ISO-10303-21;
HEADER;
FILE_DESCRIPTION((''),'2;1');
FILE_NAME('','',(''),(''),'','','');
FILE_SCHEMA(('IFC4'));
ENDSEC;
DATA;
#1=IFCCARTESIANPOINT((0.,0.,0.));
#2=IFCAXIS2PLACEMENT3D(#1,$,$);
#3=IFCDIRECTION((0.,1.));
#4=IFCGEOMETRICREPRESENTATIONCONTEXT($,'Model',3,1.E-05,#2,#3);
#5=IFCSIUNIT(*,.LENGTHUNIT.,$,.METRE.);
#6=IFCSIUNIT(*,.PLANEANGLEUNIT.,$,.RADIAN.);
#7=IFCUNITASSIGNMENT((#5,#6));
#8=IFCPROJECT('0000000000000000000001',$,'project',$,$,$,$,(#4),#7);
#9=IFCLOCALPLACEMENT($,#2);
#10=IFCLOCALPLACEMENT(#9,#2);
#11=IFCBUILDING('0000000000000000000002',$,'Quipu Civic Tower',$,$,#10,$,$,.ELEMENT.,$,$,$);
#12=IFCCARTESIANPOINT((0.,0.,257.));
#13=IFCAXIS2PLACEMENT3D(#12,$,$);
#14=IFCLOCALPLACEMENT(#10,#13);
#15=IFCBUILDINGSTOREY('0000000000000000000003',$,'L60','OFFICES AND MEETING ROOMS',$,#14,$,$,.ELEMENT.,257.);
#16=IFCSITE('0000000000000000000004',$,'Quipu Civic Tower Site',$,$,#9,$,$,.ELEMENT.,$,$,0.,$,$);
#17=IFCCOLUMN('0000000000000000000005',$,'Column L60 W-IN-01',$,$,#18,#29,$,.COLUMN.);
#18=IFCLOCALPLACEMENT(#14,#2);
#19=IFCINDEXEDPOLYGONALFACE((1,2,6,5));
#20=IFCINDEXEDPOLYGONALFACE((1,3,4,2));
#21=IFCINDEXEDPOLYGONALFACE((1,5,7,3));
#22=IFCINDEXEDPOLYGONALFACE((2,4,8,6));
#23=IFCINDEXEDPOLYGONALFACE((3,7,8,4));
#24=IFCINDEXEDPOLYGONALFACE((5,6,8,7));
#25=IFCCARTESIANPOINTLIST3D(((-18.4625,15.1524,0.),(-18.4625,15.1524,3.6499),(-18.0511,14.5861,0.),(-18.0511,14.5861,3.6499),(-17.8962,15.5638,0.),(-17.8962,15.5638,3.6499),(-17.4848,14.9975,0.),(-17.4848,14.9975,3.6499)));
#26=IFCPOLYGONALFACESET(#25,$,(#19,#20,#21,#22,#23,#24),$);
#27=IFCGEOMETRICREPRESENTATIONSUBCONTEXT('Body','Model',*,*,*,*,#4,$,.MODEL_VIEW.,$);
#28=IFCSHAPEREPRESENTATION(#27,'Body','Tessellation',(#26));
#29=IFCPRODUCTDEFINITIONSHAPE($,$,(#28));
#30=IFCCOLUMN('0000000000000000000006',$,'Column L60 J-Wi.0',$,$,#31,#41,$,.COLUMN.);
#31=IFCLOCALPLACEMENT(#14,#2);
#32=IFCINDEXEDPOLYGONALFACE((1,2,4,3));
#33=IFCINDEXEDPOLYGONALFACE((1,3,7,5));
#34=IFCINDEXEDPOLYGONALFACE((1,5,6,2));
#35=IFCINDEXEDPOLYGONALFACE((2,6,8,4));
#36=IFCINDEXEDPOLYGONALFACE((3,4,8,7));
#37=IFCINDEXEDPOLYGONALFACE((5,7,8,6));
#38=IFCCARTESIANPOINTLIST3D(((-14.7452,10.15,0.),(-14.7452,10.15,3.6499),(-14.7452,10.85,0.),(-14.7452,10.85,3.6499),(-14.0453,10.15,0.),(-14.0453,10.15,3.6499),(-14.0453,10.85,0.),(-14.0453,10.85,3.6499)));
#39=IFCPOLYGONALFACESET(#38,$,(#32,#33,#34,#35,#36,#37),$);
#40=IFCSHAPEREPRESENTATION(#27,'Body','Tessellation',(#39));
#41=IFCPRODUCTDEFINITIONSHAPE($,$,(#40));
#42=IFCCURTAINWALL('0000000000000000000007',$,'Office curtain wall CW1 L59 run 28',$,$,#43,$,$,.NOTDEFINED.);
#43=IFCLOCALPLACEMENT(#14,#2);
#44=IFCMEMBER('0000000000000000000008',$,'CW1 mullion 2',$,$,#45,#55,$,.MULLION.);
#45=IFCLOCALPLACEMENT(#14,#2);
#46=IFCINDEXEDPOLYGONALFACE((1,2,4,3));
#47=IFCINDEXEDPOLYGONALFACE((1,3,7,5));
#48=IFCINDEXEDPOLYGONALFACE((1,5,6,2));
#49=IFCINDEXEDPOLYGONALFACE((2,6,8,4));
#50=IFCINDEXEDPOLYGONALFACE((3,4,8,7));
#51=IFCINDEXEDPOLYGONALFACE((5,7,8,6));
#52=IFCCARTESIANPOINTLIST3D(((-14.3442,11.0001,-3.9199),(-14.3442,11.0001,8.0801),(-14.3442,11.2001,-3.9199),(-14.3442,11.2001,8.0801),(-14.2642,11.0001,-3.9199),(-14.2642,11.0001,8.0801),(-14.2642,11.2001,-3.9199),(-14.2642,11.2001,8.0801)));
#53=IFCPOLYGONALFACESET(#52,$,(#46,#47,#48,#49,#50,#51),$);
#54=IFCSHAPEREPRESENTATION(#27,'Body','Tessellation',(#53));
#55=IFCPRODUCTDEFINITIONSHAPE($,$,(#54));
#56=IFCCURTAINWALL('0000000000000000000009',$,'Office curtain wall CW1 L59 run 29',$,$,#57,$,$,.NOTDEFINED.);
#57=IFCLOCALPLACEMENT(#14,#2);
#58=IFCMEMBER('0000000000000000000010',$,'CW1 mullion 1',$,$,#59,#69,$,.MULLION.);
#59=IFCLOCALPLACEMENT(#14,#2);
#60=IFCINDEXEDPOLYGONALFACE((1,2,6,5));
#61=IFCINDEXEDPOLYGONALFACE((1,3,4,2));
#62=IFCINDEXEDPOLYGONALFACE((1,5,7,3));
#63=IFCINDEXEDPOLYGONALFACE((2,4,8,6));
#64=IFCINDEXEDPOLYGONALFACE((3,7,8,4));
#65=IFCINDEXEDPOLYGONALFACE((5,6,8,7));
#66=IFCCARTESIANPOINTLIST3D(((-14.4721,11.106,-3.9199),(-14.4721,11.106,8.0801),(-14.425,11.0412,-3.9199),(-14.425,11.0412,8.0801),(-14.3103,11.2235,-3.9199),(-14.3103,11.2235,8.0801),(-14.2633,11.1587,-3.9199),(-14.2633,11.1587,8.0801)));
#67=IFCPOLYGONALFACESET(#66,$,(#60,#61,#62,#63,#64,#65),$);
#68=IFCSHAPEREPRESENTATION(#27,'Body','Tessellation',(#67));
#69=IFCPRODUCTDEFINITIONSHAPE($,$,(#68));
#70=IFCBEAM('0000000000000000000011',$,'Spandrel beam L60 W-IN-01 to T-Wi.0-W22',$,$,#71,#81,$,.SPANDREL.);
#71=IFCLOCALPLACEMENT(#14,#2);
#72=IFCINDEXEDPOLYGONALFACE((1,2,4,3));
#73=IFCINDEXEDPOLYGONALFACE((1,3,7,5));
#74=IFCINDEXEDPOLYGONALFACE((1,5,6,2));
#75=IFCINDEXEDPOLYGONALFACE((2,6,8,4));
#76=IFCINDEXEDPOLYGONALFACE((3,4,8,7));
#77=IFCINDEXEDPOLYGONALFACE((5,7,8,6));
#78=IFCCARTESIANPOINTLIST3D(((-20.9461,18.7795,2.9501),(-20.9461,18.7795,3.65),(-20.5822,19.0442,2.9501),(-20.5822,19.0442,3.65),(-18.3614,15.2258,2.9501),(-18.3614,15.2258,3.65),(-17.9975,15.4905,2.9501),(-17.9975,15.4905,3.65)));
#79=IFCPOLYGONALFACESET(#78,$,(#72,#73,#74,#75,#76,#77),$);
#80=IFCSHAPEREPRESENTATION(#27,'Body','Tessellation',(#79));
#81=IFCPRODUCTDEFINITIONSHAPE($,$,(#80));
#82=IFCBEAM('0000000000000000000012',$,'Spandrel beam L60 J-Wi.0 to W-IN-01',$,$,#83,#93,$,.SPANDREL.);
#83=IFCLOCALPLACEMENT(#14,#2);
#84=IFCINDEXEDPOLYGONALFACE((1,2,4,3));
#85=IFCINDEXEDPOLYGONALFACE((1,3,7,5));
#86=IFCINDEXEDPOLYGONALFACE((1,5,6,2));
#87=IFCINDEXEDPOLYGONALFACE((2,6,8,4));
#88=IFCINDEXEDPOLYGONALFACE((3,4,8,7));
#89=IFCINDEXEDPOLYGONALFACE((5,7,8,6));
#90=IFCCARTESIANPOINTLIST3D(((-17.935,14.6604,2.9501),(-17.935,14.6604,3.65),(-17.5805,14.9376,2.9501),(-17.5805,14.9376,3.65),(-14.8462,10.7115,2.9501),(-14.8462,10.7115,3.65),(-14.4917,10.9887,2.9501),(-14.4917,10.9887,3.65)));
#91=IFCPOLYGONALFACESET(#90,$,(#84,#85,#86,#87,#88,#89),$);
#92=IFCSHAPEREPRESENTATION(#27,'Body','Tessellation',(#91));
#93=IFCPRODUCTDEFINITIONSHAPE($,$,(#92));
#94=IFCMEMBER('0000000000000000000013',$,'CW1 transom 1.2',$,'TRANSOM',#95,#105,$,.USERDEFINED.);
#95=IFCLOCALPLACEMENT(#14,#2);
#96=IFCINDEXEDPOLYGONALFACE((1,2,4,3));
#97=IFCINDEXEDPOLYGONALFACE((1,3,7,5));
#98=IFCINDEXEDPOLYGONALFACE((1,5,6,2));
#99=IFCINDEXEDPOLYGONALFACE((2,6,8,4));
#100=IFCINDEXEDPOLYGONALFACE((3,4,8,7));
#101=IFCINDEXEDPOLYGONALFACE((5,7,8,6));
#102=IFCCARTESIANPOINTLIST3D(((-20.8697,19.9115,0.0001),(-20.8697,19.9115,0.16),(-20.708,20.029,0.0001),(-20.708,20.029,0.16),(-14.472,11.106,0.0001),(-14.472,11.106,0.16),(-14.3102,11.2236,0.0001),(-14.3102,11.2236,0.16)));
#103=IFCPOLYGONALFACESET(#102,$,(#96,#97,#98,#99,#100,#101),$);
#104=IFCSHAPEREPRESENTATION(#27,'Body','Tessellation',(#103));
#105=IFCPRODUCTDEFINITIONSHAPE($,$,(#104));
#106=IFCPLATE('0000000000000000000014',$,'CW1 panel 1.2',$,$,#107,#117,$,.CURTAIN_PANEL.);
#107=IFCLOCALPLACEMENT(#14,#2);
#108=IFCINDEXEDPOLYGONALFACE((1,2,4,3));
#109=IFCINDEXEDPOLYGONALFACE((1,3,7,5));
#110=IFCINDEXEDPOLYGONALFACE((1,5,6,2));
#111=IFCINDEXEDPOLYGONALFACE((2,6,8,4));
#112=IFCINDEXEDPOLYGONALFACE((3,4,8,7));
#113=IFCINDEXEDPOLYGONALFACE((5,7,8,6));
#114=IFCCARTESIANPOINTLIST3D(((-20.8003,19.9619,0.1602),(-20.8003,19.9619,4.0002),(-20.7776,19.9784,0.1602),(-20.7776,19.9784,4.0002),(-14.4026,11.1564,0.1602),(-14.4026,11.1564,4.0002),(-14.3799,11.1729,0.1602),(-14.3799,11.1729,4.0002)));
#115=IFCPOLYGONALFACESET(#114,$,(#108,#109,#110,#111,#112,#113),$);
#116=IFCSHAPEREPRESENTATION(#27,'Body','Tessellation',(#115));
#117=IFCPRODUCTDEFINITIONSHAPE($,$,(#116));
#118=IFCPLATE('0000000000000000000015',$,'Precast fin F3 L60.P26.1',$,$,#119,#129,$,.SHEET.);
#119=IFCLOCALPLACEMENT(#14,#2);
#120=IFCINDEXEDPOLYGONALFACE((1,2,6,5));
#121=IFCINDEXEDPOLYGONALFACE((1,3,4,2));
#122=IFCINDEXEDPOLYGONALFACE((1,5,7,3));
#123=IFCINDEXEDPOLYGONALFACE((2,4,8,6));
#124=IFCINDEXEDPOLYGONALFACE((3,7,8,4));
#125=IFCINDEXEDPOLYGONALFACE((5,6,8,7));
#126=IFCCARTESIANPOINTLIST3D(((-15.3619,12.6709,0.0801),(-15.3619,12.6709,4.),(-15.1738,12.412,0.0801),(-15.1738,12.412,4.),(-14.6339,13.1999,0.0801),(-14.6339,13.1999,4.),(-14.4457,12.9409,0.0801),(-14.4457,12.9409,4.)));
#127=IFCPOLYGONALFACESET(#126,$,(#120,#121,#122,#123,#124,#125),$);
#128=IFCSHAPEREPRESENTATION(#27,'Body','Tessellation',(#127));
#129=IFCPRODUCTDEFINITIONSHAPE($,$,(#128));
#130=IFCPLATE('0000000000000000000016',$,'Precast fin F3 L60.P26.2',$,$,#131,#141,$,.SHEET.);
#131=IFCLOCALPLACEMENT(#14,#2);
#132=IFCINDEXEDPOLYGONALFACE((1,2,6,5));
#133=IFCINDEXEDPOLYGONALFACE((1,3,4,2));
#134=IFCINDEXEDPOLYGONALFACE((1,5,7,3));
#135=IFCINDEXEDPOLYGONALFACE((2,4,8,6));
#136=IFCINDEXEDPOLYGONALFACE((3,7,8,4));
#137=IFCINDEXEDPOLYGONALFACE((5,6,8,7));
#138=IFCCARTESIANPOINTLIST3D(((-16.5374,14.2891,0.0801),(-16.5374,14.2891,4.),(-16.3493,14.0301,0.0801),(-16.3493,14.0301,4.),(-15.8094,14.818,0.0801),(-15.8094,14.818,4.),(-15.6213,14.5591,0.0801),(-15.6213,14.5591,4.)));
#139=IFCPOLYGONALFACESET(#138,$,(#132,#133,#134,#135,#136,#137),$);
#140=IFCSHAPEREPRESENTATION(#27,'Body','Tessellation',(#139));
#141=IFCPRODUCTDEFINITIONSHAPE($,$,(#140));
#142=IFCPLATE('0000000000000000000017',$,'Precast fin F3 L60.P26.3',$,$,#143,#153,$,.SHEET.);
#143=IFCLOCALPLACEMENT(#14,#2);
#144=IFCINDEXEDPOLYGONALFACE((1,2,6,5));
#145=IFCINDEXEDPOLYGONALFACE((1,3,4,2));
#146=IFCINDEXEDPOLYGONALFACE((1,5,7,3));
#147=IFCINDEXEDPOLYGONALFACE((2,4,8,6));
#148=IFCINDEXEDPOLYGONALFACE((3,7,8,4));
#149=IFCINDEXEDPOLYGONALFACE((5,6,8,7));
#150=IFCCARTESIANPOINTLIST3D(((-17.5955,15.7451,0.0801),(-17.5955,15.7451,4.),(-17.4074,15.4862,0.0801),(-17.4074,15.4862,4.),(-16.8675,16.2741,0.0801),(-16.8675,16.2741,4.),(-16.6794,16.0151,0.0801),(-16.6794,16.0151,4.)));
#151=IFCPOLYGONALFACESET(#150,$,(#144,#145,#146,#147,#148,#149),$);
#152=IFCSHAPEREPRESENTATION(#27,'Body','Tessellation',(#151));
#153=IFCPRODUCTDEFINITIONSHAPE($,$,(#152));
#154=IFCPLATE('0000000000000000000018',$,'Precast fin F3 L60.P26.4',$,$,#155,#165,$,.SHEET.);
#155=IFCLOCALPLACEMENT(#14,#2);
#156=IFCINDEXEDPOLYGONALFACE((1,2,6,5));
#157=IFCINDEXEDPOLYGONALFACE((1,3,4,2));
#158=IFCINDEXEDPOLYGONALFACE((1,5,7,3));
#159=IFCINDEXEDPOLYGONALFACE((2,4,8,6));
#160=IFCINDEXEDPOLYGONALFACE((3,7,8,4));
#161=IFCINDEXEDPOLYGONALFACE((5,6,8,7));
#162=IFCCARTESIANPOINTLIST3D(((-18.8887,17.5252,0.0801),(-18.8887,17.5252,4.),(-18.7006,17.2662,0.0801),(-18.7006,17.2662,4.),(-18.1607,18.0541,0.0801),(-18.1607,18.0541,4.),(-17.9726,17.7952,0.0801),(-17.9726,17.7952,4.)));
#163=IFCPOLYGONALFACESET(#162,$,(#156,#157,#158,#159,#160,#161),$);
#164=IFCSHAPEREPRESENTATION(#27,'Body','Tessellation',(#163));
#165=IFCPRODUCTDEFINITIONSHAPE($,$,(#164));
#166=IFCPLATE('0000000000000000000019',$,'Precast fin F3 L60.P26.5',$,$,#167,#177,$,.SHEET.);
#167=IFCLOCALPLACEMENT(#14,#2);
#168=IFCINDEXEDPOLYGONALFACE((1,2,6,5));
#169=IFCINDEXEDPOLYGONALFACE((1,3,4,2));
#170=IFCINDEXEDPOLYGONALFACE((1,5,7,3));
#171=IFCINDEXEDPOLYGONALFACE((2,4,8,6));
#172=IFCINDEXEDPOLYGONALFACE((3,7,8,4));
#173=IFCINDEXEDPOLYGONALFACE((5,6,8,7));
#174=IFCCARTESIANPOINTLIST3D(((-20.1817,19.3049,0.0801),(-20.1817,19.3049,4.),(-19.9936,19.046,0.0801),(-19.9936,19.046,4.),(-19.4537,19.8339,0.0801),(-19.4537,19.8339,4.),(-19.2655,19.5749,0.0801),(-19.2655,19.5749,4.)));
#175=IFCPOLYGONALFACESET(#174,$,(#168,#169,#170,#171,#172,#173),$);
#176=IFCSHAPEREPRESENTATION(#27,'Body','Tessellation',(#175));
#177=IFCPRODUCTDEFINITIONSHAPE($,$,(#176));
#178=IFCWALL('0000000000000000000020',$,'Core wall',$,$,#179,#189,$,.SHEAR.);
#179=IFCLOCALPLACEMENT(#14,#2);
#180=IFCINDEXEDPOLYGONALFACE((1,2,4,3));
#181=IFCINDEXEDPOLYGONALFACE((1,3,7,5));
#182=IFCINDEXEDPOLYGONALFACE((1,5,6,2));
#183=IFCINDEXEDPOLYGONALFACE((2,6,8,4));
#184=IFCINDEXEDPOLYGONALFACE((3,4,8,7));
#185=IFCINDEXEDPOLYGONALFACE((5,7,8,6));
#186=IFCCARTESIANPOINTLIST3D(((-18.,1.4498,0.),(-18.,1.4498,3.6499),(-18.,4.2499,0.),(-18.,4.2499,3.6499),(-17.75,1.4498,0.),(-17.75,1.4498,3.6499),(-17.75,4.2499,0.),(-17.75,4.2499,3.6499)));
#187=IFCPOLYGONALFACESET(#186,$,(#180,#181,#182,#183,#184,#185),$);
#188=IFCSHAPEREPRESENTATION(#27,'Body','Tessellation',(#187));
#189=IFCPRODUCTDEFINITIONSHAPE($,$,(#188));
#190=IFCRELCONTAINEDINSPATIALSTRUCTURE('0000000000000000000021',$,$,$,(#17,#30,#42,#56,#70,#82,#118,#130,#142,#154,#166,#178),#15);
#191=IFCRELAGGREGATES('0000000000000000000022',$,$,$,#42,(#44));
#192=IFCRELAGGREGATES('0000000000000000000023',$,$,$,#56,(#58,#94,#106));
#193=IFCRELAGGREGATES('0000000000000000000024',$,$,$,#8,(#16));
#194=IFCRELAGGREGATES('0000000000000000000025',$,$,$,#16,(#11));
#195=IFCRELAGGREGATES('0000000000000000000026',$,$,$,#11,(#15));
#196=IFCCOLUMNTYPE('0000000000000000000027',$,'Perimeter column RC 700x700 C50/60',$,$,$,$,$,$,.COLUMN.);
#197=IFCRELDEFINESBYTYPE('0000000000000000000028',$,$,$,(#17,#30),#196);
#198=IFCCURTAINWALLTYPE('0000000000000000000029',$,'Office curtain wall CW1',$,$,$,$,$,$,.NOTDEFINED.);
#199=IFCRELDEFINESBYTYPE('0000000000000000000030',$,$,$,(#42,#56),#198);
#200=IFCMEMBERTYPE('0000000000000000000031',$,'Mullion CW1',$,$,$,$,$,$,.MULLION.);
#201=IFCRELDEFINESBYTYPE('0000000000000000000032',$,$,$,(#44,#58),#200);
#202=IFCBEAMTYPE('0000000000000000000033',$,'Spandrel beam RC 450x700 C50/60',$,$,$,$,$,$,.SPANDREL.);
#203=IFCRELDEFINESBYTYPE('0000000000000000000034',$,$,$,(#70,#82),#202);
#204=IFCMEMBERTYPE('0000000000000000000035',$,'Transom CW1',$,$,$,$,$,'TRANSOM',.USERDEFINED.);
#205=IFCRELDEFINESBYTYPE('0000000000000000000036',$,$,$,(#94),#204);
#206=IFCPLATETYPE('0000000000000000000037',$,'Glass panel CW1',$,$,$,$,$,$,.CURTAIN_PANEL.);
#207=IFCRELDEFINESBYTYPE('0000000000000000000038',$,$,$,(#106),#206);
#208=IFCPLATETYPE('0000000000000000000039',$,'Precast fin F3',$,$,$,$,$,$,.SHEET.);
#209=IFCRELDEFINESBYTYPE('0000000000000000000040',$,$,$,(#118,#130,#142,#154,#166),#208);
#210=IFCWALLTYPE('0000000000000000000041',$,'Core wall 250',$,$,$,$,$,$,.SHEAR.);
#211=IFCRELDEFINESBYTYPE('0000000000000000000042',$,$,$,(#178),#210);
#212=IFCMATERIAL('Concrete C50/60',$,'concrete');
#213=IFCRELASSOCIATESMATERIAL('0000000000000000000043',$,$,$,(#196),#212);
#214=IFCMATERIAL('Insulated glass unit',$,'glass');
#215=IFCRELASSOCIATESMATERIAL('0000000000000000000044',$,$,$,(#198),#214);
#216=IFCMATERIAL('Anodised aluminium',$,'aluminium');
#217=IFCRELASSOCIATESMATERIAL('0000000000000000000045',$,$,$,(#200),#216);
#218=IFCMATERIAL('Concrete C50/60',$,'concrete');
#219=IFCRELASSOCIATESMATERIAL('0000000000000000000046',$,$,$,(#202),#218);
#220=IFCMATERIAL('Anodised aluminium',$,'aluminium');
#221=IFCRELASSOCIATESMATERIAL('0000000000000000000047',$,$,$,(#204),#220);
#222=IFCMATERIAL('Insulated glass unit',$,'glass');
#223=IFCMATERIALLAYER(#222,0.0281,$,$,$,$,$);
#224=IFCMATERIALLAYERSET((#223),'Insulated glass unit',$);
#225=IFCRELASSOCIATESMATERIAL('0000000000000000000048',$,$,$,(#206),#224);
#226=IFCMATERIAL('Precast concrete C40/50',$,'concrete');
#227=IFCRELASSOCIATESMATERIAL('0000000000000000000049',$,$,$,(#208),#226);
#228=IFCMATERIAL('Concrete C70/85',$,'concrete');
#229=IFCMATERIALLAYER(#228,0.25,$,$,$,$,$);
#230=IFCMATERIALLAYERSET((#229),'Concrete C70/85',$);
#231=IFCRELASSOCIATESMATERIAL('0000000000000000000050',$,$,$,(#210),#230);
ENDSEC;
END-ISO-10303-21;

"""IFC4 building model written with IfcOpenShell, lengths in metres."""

from ifc_helpers import new_model, si_unit, direction, frame, frame_2d, origin, origin_2d, place, context, subcontext, project, spatial, rectangle, extrude, material, layer, layer_set, material_profile, profile_set, type_object, element, aggregate, save


model = new_model("IFC4")

# Units and contexts
model_context = context("Model", 3, precision=1e-05, world=origin(), true_north=direction((0.0, 1.0)))
body_context = subcontext(model_context, "Body", "Model", "MODEL_VIEW")
ifc_project = project(units=[si_unit("LENGTHUNIT", "METRE"), si_unit("PLANEANGLEUNIT", "RADIAN")], contexts=[model_context])

# Site, building, storey
site_placement = place(None, origin())
site = spatial("IfcSite", under=ifc_project, at=site_placement, Name="Quipu Civic Tower Site", CompositionType="ELEMENT", RefElevation=0.0)
building_placement = place(site_placement, origin())
building = spatial("IfcBuilding", under=site, at=building_placement, Name="Quipu Civic Tower", CompositionType="ELEMENT")
storey_placement = place(building_placement, frame((0.0, 0.0, 257.0)))
storey = spatial("IfcBuildingStorey", under=building, at=storey_placement, Name="L60", Description="OFFICES AND MEETING ROOMS", CompositionType="ELEMENT", Elevation=257.0)

# Columns
ifc_material_1 = material(Name="Concrete C50/60", Category="concrete")
ifc_material_profile_1 = material_profile(ifc_material_1, rectangle(XDim=0.7, YDim=0.7, at=origin_2d()), Name="RC700x700")
ifc_profile_set_1 = profile_set([ifc_material_profile_1], Name="Concrete C50/60")
column_type = type_object("IfcColumnType", Name="Perimeter column RC 700x700 C50/60", PredefinedType="COLUMN", material=ifc_profile_set_1)
for number, where, z_axis, x_axis, name in (
    (1, (-17.9736, 15.075, 0.0), (0.0, 0.0, 1.0), (-0.587785, 0.809017, 0.0), "Column L60 W-IN-01"),
    (2, (-14.3953, 10.5, 0.0), (0.0, 0.0, 1.0), (-1.0, 0.0, 0.0), "Column L60 J-Wi.0"),
):
    element("IfcColumn", number, at=place(storey_placement, frame(where, z_axis=z_axis, x_axis=x_axis)), inside=storey, type_object=column_type, Name=name, PredefinedType="COLUMN", context=body_context, shape_type="SweptSolid", body=[
        extrude(rectangle(XDim=0.7, YDim=0.7, at=origin_2d()), origin(), (0.0, 0.0, 1.0), 3.6499),
    ])

# Curtain walls, members
ifc_material_2 = material(Name="Insulated glass unit", Category="glass")
curtain_wall_type = type_object("IfcCurtainWallType", Name="Office curtain wall CW1", PredefinedType="NOTDEFINED", material=ifc_material_2)
curtain_wall_1_placement = place(storey_placement, origin())
curtain_wall_1 = element("IfcCurtainWall", 3, at=curtain_wall_1_placement, inside=storey, type_object=curtain_wall_type, Name="Office curtain wall CW1 L59 run 28", PredefinedType="NOTDEFINED")
ifc_material_3 = material(Name="Anodised aluminium", Category="aluminium")
ifc_material_profile_2 = material_profile(ifc_material_3, rectangle(XDim=0.2, YDim=0.0801, at=origin_2d()), Name="RECT 200x80")
ifc_profile_set_2 = profile_set([ifc_material_profile_2], Name="Anodised aluminium")
member_type_1 = type_object("IfcMemberType", Name="Mullion CW1", PredefinedType="MULLION", material=ifc_profile_set_2)
member_1_placement = place(storey_placement, frame((-14.3042, 11.1001, -3.9199), z_axis=(0.0, 0.0, 1.0), x_axis=(0.0, -1.0, 0.0)))
member_1 = element("IfcMember", 4, at=member_1_placement, type_object=member_type_1, Name="CW1 mullion 2", PredefinedType="MULLION", context=body_context, shape_type="SweptSolid", body=[
    extrude(rectangle(XDim=0.2, YDim=0.0801, at=origin_2d()), origin(), (0.0, 0.0, 1.0), 12.0),
])
aggregate(curtain_wall_1, [member_1])
curtain_wall_2_placement = place(storey_placement, origin())
curtain_wall_2 = element("IfcCurtainWall", 5, at=curtain_wall_2_placement, inside=storey, type_object=curtain_wall_type, Name="Office curtain wall CW1 L59 run 29", PredefinedType="NOTDEFINED")
member_2_placement = place(storey_placement, frame((-14.3677, 11.1323, -3.9199), z_axis=(0.0, 0.0, 1.0), x_axis=(-0.809015, -0.587788, 0.0)))
member_2 = element("IfcMember", 6, at=member_2_placement, type_object=member_type_1, Name="CW1 mullion 1", PredefinedType="MULLION", context=body_context, shape_type="SweptSolid", body=[
    extrude(rectangle(XDim=0.2, YDim=0.0801, at=origin_2d()), origin(), (0.0, 0.0, 1.0), 12.0),
])

# Beams
ifc_material_4 = material(Name="Concrete C50/60", Category="concrete")
ifc_material_profile_3 = material_profile(ifc_material_4, rectangle(XDim=0.45, YDim=0.7, at=origin_2d()), Name="RC450x700")
ifc_profile_set_3 = profile_set([ifc_material_profile_3], Name="Concrete C50/60")
beam_type = type_object("IfcBeamType", Name="Spandrel beam RC 450x700 C50/60", PredefinedType="SPANDREL", material=ifc_profile_set_3)
beam_1_placement = place(storey_placement, frame((-18.1794, 15.3582, 3.3), z_axis=(-0.588201, 0.808714, 0.0), x_axis=(-0.808714, -0.588201, 0.0)))
element("IfcBeam", 7, at=beam_1_placement, inside=storey, type_object=beam_type, Name="Spandrel beam L60 W-IN-01 to T-Wi.0-W22", PredefinedType="SPANDREL", context=body_context, shape_type="SweptSolid", body=[
    extrude(rectangle(XDim=0.45, YDim=0.7, at=origin_2d()), origin(), (0.0, 0.0, 1.0), 4.3943),
])
beam_2_placement = place(storey_placement, frame((-14.6689, 10.8501, 3.3), z_axis=(-0.616106, 0.787663, 0.0), x_axis=(-0.787663, -0.616106, 0.0)))
element("IfcBeam", 8, at=beam_2_placement, inside=storey, type_object=beam_type, Name="Spandrel beam L60 J-Wi.0 to W-IN-01", PredefinedType="SPANDREL", context=body_context, shape_type="SweptSolid", body=[
    extrude(rectangle(XDim=0.45, YDim=0.7, at=origin_2d()), origin(), (0.0, 0.0, 1.0), 5.0134),
])

# Member
ifc_material_5 = material(Name="Anodised aluminium", Category="aluminium")
ifc_material_profile_4 = material_profile(ifc_material_5, rectangle(XDim=0.2, YDim=0.1599, at=origin_2d()), Name="RECT 200x160")
ifc_profile_set_4 = profile_set([ifc_material_profile_4], Name="Anodised aluminium")
member_type_2 = type_object("IfcMemberType", Name="Transom CW1", ElementType="TRANSOM", PredefinedType="USERDEFINED", material=ifc_profile_set_4)
member_3_placement = place(storey_placement, frame((-14.3911, 11.1648, 0.0801), z_axis=(-0.587797, 0.809009, 0.0), x_axis=(-0.809009, -0.587797, 0.0)))
member_3 = element("IfcMember", 9, at=member_3_placement, type_object=member_type_2, Name="CW1 transom 1.2", ObjectType="TRANSOM", PredefinedType="USERDEFINED", context=body_context, shape_type="SweptSolid", body=[
    extrude(rectangle(XDim=0.2, YDim=0.1599, at=origin_2d()), origin(), (0.0, 0.0, 1.0), 10.8843),
])

# Plate
ifc_material_6 = material(Name="Insulated glass unit", Category="glass")
ifc_layer_1 = layer(ifc_material_6, 0.0281)
ifc_layer_set_1 = layer_set([ifc_layer_1], Name="Insulated glass unit")
plate_type_1 = type_object("IfcPlateType", Name="Glass panel CW1", PredefinedType="CURTAIN_PANEL", material=ifc_layer_set_1)
plate_placement = place(storey_placement, frame((-17.5901, 15.5674, 0.1602), z_axis=(0.0, 0.0, 1.0), x_axis=(-0.587788, 0.809015, 0.0)))
plate = element("IfcPlate", 10, at=plate_placement, type_object=plate_type_1, Name="CW1 panel 1.2", PredefinedType="CURTAIN_PANEL", context=body_context, shape_type="SweptSolid", body=[
    extrude(rectangle(XDim=10.8843, YDim=0.0281, at=origin_2d()), origin(), (0.0, 0.0, 1.0), 3.8401),
])
aggregate(curtain_wall_2, [member_2, member_3, plate])

# Plates
ifc_material_7 = material(Name="Precast concrete C40/50", Category="concrete")
plate_type_2 = type_object("IfcPlateType", Name="Precast fin F3", PredefinedType="SHEET", material=ifc_material_7)
for number, where, z_axis, x_axis, name in (
    (11, (-14.9038, 12.8059, 0.0801), (0.0, 0.0, 1.0), (-0.587784, 0.809018, 0.0), "Precast fin F3 L60.P26.1"),
    (12, (-16.0793, 14.4241, 0.0801), (0.0, 0.0, 1.0), (-0.587784, 0.809018, 0.0), "Precast fin F3 L60.P26.2"),
    (13, (-17.1375, 15.8801, 0.0801), (0.0, 0.0, 1.0), (-0.587784, 0.809018, 0.0), "Precast fin F3 L60.P26.3"),
    (14, (-18.4307, 17.6602, 0.0801), (0.0, 0.0, 1.0), (-0.587784, 0.809018, 0.0), "Precast fin F3 L60.P26.4"),
    (15, (-19.7236, 19.4399, 0.0801), (0.0, 0.0, 1.0), (-0.587784, 0.809018, 0.0), "Precast fin F3 L60.P26.5"),
):
    element("IfcPlate", number, at=place(storey_placement, frame(where, z_axis=z_axis, x_axis=x_axis)), inside=storey, type_object=plate_type_2, Name=name, PredefinedType="SHEET", context=body_context, shape_type="SweptSolid", body=[
        extrude(rectangle(XDim=0.3201, YDim=0.8999, at=origin_2d()), origin(), (0.0, 0.0, 1.0), 3.9199),
    ])

# Wall
ifc_material_8 = material(Name="Concrete C70/85", Category="concrete")
ifc_layer_2 = layer(ifc_material_8, 0.25)
ifc_layer_set_2 = layer_set([ifc_layer_2], Name="Concrete C70/85")
wall_type_1 = type_object("IfcWallType", Name="Core wall 250", PredefinedType="SHEAR", material=ifc_layer_set_2)
wall_1_placement = place(storey_placement, frame((-17.875, 1.45, 0.0), z_axis=(0.0, 0.0, 1.0), x_axis=(0.0, 1.0, 0.0)))
element("IfcWall", 16, at=wall_1_placement, inside=storey, type_object=wall_type_1, Name="Core wall", PredefinedType="SHEAR", context=body_context, shape_type="SweptSolid", body=[
    extrude(rectangle(XDim=2.8, YDim=0.25, at=frame_2d((1.3999, 0.0))), origin(), (0.0, 0.0, 1.0), 3.6499),
])

save(model, "model.ifc")
